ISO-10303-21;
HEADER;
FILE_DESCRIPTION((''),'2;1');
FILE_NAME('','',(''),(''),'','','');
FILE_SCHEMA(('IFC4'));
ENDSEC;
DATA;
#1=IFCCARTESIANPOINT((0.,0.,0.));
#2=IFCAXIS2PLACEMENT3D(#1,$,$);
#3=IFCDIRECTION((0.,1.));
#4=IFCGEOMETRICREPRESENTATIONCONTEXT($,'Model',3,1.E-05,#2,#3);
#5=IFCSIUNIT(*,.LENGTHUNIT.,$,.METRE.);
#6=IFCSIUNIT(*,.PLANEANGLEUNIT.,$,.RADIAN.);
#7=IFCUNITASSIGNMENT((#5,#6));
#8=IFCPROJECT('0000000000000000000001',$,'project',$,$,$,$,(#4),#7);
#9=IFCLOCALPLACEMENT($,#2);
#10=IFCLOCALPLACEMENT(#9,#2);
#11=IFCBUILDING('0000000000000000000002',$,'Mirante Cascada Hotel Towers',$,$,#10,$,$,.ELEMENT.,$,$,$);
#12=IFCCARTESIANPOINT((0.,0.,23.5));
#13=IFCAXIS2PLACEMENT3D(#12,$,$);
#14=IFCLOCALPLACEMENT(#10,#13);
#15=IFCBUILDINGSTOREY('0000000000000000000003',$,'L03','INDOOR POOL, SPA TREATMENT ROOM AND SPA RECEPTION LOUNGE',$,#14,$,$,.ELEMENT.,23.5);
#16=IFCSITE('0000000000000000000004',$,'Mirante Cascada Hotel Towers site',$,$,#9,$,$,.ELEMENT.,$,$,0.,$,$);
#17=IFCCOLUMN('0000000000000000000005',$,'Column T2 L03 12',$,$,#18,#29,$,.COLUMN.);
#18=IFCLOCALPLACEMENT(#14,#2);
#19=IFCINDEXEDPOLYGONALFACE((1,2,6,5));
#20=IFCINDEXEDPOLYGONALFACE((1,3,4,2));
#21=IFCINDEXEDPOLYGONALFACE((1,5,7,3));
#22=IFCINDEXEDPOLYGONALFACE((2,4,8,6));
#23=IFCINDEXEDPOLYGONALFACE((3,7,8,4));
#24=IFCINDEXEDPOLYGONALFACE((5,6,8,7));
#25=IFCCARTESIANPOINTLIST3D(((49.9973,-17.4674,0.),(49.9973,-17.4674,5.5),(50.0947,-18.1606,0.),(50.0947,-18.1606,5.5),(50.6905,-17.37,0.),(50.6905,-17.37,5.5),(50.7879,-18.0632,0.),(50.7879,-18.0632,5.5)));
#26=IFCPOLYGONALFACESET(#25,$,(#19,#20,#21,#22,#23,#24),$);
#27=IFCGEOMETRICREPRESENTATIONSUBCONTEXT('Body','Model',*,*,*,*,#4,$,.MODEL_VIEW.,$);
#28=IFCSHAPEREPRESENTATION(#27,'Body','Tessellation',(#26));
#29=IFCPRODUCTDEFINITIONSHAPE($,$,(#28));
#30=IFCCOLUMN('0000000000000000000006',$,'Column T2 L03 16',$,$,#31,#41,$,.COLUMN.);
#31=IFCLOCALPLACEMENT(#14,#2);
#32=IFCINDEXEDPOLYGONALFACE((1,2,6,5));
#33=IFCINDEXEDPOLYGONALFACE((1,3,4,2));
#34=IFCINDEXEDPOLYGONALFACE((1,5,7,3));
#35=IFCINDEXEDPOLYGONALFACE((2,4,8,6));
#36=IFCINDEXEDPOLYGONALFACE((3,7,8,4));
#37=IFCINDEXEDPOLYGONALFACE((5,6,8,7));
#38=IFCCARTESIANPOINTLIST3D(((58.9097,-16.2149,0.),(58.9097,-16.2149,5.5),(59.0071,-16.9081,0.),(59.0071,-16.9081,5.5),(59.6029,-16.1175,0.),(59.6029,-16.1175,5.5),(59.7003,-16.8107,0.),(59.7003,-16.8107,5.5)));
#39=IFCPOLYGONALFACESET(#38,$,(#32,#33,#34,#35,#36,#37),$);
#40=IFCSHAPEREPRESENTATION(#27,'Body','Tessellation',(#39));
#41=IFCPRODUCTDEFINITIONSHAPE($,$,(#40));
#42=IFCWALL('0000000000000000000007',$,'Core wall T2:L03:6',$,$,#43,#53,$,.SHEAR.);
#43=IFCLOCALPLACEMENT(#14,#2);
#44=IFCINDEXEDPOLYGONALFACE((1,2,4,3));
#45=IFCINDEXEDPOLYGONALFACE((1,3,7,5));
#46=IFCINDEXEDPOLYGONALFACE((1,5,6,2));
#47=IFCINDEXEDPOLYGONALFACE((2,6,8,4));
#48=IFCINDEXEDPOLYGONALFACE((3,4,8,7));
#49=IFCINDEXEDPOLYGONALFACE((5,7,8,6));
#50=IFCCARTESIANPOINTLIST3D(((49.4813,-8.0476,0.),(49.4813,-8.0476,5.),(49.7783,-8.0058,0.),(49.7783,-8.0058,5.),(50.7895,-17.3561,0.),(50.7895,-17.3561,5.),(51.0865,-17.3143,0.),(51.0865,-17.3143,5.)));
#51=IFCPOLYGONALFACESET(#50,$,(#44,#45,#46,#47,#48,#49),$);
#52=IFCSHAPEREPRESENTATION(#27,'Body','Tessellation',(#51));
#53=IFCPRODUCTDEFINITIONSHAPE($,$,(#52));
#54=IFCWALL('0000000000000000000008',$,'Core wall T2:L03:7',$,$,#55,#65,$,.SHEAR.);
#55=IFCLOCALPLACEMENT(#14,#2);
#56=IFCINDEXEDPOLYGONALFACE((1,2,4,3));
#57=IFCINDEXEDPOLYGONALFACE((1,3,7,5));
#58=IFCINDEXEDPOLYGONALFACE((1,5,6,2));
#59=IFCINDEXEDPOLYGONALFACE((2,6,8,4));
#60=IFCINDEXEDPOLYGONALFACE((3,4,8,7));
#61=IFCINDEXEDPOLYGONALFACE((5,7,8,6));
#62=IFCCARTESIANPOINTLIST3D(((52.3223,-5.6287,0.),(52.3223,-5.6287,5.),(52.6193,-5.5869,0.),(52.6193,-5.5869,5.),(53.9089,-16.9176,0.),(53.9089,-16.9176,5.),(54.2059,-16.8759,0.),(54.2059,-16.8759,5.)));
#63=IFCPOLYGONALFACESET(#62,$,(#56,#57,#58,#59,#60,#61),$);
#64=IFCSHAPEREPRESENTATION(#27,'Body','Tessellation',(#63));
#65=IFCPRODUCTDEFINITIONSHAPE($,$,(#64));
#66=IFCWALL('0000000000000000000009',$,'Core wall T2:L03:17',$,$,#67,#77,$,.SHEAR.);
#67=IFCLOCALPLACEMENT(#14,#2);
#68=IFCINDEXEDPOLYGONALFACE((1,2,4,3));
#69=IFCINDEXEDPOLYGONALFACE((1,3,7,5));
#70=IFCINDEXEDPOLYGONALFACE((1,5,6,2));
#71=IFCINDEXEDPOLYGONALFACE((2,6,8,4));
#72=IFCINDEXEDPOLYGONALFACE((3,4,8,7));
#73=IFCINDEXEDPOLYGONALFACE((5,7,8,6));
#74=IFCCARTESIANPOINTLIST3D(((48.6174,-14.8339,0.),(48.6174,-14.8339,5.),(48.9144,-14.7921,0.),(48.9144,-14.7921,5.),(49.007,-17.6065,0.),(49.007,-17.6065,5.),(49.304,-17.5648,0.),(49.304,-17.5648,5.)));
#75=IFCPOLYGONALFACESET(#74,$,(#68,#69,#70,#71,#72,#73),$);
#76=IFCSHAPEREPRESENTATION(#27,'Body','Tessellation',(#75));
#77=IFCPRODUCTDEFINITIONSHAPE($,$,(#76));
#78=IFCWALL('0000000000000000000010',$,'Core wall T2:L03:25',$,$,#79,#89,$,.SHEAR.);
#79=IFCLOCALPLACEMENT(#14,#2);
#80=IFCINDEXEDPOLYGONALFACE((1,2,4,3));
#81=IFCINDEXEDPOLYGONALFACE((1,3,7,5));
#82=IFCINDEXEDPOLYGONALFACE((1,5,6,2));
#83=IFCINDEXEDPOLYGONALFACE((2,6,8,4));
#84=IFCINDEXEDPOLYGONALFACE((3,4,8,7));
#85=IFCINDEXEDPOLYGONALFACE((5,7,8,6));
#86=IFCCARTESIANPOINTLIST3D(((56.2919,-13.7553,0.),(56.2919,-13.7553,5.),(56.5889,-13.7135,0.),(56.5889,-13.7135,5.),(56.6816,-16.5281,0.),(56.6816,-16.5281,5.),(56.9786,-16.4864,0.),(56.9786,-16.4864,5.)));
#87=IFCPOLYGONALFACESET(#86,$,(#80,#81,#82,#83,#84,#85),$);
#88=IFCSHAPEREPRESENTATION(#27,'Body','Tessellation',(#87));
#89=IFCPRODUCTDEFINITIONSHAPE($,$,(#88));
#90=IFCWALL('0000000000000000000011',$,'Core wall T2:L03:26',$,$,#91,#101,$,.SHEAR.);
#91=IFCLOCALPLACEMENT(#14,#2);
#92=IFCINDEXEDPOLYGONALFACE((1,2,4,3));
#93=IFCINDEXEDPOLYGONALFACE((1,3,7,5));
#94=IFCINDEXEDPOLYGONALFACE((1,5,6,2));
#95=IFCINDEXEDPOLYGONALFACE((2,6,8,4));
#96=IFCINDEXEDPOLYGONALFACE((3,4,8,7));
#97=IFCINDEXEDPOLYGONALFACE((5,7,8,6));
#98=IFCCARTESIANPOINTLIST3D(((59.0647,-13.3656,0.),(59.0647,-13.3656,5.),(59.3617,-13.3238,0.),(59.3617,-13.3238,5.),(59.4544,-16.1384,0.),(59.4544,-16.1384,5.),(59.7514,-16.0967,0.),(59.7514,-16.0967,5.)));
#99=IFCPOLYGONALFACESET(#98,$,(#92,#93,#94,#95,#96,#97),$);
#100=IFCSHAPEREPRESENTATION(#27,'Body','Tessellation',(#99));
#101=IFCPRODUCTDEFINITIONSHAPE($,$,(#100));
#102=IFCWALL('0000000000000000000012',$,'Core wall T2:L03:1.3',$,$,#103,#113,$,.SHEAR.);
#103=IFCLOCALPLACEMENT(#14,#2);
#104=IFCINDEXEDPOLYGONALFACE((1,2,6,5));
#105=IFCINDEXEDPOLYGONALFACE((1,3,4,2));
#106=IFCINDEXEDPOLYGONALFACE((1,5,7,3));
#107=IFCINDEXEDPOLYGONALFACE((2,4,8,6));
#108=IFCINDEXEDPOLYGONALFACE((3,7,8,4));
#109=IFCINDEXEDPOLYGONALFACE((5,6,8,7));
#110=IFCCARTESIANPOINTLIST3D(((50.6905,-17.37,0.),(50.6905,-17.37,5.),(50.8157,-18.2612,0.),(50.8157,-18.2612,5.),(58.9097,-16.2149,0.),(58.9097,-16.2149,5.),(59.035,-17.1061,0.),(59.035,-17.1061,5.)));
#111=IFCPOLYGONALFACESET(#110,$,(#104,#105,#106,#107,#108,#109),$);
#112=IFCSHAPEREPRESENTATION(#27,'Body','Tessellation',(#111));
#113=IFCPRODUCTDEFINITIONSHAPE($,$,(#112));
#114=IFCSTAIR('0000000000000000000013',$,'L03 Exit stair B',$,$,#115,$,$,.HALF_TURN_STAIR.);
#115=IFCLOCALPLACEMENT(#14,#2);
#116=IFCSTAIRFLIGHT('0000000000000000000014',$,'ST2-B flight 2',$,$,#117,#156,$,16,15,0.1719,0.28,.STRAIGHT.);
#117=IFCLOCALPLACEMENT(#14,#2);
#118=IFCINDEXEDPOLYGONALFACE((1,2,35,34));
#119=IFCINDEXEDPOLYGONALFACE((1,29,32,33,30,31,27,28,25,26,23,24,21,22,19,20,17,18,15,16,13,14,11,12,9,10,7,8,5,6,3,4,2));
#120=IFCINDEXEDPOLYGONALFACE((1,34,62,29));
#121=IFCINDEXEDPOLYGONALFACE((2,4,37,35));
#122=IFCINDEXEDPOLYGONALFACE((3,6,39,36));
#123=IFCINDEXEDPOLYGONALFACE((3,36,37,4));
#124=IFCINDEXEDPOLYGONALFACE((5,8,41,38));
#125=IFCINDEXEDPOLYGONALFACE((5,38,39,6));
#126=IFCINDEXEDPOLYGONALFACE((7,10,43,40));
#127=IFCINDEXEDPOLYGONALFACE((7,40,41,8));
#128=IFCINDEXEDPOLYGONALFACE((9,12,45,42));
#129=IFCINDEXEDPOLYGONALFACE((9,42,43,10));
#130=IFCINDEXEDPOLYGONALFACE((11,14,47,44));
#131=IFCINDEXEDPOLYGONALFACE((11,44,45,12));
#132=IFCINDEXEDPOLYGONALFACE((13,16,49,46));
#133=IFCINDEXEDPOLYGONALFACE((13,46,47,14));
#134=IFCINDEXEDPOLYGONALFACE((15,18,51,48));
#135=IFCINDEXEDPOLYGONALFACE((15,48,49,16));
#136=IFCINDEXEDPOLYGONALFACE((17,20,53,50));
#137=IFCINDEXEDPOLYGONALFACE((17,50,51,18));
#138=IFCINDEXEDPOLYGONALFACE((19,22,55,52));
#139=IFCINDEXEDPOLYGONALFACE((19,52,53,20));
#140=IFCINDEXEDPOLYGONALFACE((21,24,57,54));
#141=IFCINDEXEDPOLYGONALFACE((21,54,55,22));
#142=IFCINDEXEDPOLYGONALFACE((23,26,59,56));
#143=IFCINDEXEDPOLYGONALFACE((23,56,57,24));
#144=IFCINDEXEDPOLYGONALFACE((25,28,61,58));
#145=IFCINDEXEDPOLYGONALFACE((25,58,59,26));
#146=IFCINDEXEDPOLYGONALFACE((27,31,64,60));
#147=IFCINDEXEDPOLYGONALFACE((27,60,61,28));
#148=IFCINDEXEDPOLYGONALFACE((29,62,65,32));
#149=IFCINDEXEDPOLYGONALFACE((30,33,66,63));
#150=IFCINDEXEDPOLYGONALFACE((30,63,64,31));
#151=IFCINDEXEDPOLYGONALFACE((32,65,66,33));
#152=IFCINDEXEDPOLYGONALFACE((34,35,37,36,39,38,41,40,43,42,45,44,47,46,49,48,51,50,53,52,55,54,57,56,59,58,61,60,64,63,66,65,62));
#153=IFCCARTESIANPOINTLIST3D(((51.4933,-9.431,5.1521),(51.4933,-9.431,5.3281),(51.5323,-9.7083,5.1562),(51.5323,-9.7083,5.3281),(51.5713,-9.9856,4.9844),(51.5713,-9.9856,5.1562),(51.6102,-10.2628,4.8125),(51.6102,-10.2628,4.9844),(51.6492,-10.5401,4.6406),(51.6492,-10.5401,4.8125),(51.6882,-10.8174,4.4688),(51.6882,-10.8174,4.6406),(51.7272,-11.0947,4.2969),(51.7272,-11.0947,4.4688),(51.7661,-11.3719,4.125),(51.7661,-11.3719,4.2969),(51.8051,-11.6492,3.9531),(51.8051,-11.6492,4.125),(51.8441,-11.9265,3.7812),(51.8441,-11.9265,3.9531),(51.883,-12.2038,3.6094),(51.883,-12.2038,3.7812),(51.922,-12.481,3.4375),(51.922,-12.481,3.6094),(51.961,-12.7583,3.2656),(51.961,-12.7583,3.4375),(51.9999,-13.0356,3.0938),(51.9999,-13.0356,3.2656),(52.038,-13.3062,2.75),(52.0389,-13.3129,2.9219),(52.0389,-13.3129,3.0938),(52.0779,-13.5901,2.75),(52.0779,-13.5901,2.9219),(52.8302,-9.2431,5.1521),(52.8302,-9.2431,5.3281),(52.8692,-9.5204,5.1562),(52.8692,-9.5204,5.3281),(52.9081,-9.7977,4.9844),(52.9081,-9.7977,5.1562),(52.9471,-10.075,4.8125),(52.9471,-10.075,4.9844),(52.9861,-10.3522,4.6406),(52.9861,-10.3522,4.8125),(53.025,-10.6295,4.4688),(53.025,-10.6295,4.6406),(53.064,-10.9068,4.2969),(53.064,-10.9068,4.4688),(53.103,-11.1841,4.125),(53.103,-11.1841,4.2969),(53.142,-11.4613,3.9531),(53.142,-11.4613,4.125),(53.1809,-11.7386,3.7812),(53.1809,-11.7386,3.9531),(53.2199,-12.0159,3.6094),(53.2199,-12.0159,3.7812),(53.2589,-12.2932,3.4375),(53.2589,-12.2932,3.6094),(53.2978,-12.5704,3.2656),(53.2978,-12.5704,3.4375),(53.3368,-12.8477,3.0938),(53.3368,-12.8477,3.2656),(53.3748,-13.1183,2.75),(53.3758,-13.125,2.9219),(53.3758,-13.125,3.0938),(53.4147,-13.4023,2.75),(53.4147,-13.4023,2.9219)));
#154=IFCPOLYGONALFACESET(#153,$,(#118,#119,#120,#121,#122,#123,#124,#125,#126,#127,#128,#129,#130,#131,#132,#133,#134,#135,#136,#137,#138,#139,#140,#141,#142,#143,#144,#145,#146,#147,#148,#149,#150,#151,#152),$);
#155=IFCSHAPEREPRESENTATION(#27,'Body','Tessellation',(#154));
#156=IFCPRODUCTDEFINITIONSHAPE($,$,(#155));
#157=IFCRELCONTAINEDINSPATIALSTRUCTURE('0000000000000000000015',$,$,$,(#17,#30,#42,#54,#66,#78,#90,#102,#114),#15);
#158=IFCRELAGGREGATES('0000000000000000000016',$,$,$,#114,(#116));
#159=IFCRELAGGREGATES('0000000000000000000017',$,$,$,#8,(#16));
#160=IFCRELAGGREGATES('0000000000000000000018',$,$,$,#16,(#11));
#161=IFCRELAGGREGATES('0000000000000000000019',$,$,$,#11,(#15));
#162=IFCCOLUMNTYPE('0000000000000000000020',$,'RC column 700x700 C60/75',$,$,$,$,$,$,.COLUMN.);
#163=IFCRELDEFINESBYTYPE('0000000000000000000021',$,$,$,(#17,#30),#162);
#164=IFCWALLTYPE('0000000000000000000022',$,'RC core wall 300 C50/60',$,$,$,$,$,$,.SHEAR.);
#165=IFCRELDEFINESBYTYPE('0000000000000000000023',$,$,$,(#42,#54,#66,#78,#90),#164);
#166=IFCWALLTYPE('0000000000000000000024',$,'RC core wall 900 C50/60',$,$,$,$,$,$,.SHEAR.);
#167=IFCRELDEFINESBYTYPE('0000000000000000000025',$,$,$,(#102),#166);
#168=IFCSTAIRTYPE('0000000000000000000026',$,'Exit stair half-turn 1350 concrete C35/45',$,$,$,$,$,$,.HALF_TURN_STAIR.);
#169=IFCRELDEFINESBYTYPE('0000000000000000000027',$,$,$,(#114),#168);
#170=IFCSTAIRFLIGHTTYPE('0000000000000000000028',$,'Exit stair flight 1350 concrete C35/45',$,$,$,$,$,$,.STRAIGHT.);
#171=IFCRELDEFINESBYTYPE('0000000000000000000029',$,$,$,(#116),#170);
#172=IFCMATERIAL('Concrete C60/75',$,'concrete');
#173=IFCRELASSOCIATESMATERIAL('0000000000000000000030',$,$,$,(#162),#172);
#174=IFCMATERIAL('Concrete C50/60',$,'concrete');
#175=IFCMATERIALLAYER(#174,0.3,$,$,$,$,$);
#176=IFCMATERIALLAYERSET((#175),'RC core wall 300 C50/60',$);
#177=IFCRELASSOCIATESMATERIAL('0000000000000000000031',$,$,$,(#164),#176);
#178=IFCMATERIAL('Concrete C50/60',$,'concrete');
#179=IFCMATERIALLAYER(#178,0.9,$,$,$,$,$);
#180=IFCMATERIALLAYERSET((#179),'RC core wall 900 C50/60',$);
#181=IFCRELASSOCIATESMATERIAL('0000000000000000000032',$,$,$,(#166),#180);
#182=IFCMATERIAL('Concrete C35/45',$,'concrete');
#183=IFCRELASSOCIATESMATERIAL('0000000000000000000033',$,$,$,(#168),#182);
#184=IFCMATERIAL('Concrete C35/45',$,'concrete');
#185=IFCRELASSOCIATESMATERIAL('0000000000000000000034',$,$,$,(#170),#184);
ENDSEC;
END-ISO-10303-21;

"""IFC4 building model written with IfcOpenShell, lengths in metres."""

from ifc_helpers import new_model, si_unit, direction, frame, frame_2d, origin, origin_2d, place, context, subcontext, project, spatial, polyline, rectangle, outline, extrude, material, layer, layer_set, material_profile, profile_set, type_object, element, aggregate, save


model = new_model("IFC4")

# Units and contexts
model_context = context("Model", 3, precision=1e-05, world=origin(), true_north=direction((0.0, 1.0)))
body_context = subcontext(model_context, "Body", "Model", "MODEL_VIEW")
ifc_project = project(units=[si_unit("LENGTHUNIT", "METRE"), si_unit("PLANEANGLEUNIT", "RADIAN")], contexts=[model_context])

# Site, building, storey
site_placement = place(None, origin())
site = spatial("IfcSite", under=ifc_project, at=site_placement, Name="Mirante Cascada Hotel Towers site", CompositionType="ELEMENT", RefElevation=0.0)
building_placement = place(site_placement, origin())
building = spatial("IfcBuilding", under=site, at=building_placement, Name="Mirante Cascada Hotel Towers", CompositionType="ELEMENT")
storey_placement = place(building_placement, frame((0.0, 0.0, 23.5)))
storey = spatial("IfcBuildingStorey", under=building, at=storey_placement, Name="L03", Description="INDOOR POOL, SPA TREATMENT ROOM AND SPA RECEPTION LOUNGE", CompositionType="ELEMENT", Elevation=23.5)

# Columns
ifc_material_1 = material(Name="Concrete C60/75", Category="concrete")
ifc_material_profile = material_profile(ifc_material_1, rectangle(XDim=0.7, YDim=0.7, at=origin_2d()), Name="RC column 700x700 C60/75")
ifc_profile_set = profile_set([ifc_material_profile], Name="Concrete C60/75")
column_type = type_object("IfcColumnType", Name="RC column 700x700 C60/75", PredefinedType="COLUMN", material=ifc_profile_set)
for number, where, z_axis, x_axis, name in (
    (1, (50.3926, -17.7653, 0.0), (0.0, 0.0, 1.0), (0.990268, 0.139173, 0.0), "Column T2 L03 12"),
    (2, (59.305, -16.5128, 0.0), (0.0, 0.0, 1.0), (0.990268, 0.139173, 0.0), "Column T2 L03 16"),
):
    element("IfcColumn", number, at=place(storey_placement, frame(where, z_axis=z_axis, x_axis=x_axis)), inside=storey, type_object=column_type, Name=name, PredefinedType="COLUMN", context=body_context, shape_type="SweptSolid", body=[
        extrude(rectangle(XDim=0.7, YDim=0.7, at=origin_2d()), origin(), (0.0, 0.0, 1.0), 5.5),
    ])

# Walls
ifc_material_2 = material(Name="Concrete C50/60", Category="concrete")
ifc_layer_1 = layer(ifc_material_2, 0.3)
ifc_layer_set_1 = layer_set([ifc_layer_1], Name="RC core wall 300 C50/60")
wall_type_1 = type_object("IfcWallType", Name="RC core wall 300 C50/60", PredefinedType="SHEAR", material=ifc_layer_set_1)
wall_1_placement = place(storey_placement, frame((50.938, -17.3352, 0.0), z_axis=(0.0, 0.0, 1.0), x_axis=(-0.139171, 0.990268, 0.0)))
element("IfcWall", 3, at=wall_1_placement, inside=storey, type_object=wall_type_1, Name="Core wall T2:L03:6", PredefinedType="SHEAR", context=body_context, shape_type="SweptSolid", body=[
    extrude(rectangle(XDim=9.4, YDim=0.3, at=frame_2d((4.7, 0.0))), origin(), (0.0, 0.0, 1.0), 5.0),
])
wall_2_placement = place(storey_placement, frame((54.0574, -16.8968, 0.0), z_axis=(0.0, 0.0, 1.0), x_axis=(-0.139176, 0.990268, 0.0)))
element("IfcWall", 4, at=wall_2_placement, inside=storey, type_object=wall_type_1, Name="Core wall T2:L03:7", PredefinedType="SHEAR", context=body_context, shape_type="SweptSolid", body=[
    extrude(rectangle(XDim=11.3999, YDim=0.3, at=frame_2d((5.7, 0.0))), origin(), (0.0, 0.0, 1.0), 5.0),
])
wall_3_placement = place(storey_placement, frame((49.1555, -17.5857, 0.0), z_axis=(0.0, 0.0, 1.0), x_axis=(-0.139146, 0.990272, 0.0)))
element("IfcWall", 5, at=wall_3_placement, inside=storey, type_object=wall_type_1, Name="Core wall T2:L03:17", PredefinedType="SHEAR", context=body_context, shape_type="SweptSolid", body=[
    extrude(rectangle(XDim=2.7999, YDim=0.3, at=frame_2d((1.4, 0.0))), origin(), (0.0, 0.0, 1.0), 5.0),
])

# Walls
for number, where, z_axis, x_axis, name in (
    (6, (56.8301, -16.5072, 0.0), (0.0, 0.0, 1.0), (-0.139176, 0.990268, 0.0), "Core wall T2:L03:25"),
    (7, (59.6029, -16.1175, 0.0), (0.0, 0.0, 1.0), (-0.139176, 0.990268, 0.0), "Core wall T2:L03:26"),
):
    element("IfcWall", number, at=place(storey_placement, frame(where, z_axis=z_axis, x_axis=x_axis)), inside=storey, type_object=wall_type_1, Name=name, PredefinedType="SHEAR", context=body_context, shape_type="SweptSolid", body=[
        extrude(rectangle(XDim=2.8001, YDim=0.3, at=frame_2d((1.4, 0.0))), origin(), (0.0, 0.0, 1.0), 5.0),
    ])
ifc_material_3 = material(Name="Concrete C50/60", Category="concrete")
ifc_layer_2 = layer(ifc_material_3, 0.9)
ifc_layer_set_2 = layer_set([ifc_layer_2], Name="RC core wall 900 C50/60")
wall_type_2 = type_object("IfcWallType", Name="RC core wall 900 C50/60", PredefinedType="SHEAR", material=ifc_layer_set_2)
wall_4_placement = place(storey_placement, frame((50.7531, -17.8156, 0.0), z_axis=(0.0, 0.0, 1.0), x_axis=(0.990269, 0.139169, 0.0)))
element("IfcWall", 8, at=wall_4_placement, inside=storey, type_object=wall_type_2, Name="Core wall T2:L03:1.3", PredefinedType="SHEAR", context=body_context, shape_type="SweptSolid", body=[
    extrude(rectangle(XDim=8.3, YDim=0.9, at=frame_2d((4.15, 0.0))), origin(), (0.0, 0.0, 1.0), 5.0),
])

# Stair, stair flight
ifc_material_4 = material(Name="Concrete C35/45", Category="concrete")
stair_type = type_object("IfcStairType", Name="Exit stair half-turn 1350 concrete C35/45", PredefinedType="HALF_TURN_STAIR", material=ifc_material_4)
stair_placement = place(storey_placement, origin())
stair = element("IfcStair", 9, at=stair_placement, inside=storey, type_object=stair_type, Name="L03 Exit stair B", PredefinedType="HALF_TURN_STAIR")
ifc_material_5 = material(Name="Concrete C35/45", Category="concrete")
stair_flight_type = type_object("IfcStairFlightType", Name="Exit stair flight 1350 concrete C35/45", PredefinedType="STRAIGHT", material=ifc_material_5)
stair_flight_placement = place(storey_placement, frame((52.7463, -13.4962, 2.75), z_axis=(0.0, 0.0, 1.0), x_axis=(-0.139173, 0.990268, 0.0)))
stair_flight = element("IfcStairFlight", 10, at=stair_flight_placement, type_object=stair_flight_type, Name="ST2-B flight 2", NumberOfRisers=16, NumberOfTreads=15, PredefinedType="STRAIGHT", RiserHeight=0.1719, TreadLength=0.28, context=body_context, shape_type="SweptSolid", body=[
    extrude(outline(polyline([(0.0, 0.0), (0.0, 0.1719), (0.28, 0.1719), (0.28, 0.3438), (0.56, 0.3438), (0.56, 0.5156), (0.84, 0.5156), (0.84, 0.6875), (1.12, 0.6875), (1.12, 0.8594), (1.4, 0.8594), (1.4, 1.0312), (1.68, 1.0312), (1.68, 1.2031), (1.96, 1.2031), (1.96, 1.375), (2.24, 1.375), (2.24, 1.5469), (2.52, 1.5469), (2.52, 1.7188), (2.8, 1.7188), (2.8, 1.8906), (3.08, 1.8906), (3.08, 2.0625), (3.36, 2.0625), (3.36, 2.2344), (3.64, 2.2344), (3.64, 2.4062), (3.92, 2.4062), (3.92, 2.5781), (4.2, 2.5781), (4.2, 2.75), (4.2, 2.4021), (0.2867, 0.0), (0.0, 0.0)])), frame((0.0, 0.675, 0.0), z_axis=(0.0, -1.0, 0.0), x_axis=(1.0, 0.0, 0.0)), (0.0, 0.0, 1.0), 1.35),
])
aggregate(stair, [stair_flight])

save(model, "model.ifc")
